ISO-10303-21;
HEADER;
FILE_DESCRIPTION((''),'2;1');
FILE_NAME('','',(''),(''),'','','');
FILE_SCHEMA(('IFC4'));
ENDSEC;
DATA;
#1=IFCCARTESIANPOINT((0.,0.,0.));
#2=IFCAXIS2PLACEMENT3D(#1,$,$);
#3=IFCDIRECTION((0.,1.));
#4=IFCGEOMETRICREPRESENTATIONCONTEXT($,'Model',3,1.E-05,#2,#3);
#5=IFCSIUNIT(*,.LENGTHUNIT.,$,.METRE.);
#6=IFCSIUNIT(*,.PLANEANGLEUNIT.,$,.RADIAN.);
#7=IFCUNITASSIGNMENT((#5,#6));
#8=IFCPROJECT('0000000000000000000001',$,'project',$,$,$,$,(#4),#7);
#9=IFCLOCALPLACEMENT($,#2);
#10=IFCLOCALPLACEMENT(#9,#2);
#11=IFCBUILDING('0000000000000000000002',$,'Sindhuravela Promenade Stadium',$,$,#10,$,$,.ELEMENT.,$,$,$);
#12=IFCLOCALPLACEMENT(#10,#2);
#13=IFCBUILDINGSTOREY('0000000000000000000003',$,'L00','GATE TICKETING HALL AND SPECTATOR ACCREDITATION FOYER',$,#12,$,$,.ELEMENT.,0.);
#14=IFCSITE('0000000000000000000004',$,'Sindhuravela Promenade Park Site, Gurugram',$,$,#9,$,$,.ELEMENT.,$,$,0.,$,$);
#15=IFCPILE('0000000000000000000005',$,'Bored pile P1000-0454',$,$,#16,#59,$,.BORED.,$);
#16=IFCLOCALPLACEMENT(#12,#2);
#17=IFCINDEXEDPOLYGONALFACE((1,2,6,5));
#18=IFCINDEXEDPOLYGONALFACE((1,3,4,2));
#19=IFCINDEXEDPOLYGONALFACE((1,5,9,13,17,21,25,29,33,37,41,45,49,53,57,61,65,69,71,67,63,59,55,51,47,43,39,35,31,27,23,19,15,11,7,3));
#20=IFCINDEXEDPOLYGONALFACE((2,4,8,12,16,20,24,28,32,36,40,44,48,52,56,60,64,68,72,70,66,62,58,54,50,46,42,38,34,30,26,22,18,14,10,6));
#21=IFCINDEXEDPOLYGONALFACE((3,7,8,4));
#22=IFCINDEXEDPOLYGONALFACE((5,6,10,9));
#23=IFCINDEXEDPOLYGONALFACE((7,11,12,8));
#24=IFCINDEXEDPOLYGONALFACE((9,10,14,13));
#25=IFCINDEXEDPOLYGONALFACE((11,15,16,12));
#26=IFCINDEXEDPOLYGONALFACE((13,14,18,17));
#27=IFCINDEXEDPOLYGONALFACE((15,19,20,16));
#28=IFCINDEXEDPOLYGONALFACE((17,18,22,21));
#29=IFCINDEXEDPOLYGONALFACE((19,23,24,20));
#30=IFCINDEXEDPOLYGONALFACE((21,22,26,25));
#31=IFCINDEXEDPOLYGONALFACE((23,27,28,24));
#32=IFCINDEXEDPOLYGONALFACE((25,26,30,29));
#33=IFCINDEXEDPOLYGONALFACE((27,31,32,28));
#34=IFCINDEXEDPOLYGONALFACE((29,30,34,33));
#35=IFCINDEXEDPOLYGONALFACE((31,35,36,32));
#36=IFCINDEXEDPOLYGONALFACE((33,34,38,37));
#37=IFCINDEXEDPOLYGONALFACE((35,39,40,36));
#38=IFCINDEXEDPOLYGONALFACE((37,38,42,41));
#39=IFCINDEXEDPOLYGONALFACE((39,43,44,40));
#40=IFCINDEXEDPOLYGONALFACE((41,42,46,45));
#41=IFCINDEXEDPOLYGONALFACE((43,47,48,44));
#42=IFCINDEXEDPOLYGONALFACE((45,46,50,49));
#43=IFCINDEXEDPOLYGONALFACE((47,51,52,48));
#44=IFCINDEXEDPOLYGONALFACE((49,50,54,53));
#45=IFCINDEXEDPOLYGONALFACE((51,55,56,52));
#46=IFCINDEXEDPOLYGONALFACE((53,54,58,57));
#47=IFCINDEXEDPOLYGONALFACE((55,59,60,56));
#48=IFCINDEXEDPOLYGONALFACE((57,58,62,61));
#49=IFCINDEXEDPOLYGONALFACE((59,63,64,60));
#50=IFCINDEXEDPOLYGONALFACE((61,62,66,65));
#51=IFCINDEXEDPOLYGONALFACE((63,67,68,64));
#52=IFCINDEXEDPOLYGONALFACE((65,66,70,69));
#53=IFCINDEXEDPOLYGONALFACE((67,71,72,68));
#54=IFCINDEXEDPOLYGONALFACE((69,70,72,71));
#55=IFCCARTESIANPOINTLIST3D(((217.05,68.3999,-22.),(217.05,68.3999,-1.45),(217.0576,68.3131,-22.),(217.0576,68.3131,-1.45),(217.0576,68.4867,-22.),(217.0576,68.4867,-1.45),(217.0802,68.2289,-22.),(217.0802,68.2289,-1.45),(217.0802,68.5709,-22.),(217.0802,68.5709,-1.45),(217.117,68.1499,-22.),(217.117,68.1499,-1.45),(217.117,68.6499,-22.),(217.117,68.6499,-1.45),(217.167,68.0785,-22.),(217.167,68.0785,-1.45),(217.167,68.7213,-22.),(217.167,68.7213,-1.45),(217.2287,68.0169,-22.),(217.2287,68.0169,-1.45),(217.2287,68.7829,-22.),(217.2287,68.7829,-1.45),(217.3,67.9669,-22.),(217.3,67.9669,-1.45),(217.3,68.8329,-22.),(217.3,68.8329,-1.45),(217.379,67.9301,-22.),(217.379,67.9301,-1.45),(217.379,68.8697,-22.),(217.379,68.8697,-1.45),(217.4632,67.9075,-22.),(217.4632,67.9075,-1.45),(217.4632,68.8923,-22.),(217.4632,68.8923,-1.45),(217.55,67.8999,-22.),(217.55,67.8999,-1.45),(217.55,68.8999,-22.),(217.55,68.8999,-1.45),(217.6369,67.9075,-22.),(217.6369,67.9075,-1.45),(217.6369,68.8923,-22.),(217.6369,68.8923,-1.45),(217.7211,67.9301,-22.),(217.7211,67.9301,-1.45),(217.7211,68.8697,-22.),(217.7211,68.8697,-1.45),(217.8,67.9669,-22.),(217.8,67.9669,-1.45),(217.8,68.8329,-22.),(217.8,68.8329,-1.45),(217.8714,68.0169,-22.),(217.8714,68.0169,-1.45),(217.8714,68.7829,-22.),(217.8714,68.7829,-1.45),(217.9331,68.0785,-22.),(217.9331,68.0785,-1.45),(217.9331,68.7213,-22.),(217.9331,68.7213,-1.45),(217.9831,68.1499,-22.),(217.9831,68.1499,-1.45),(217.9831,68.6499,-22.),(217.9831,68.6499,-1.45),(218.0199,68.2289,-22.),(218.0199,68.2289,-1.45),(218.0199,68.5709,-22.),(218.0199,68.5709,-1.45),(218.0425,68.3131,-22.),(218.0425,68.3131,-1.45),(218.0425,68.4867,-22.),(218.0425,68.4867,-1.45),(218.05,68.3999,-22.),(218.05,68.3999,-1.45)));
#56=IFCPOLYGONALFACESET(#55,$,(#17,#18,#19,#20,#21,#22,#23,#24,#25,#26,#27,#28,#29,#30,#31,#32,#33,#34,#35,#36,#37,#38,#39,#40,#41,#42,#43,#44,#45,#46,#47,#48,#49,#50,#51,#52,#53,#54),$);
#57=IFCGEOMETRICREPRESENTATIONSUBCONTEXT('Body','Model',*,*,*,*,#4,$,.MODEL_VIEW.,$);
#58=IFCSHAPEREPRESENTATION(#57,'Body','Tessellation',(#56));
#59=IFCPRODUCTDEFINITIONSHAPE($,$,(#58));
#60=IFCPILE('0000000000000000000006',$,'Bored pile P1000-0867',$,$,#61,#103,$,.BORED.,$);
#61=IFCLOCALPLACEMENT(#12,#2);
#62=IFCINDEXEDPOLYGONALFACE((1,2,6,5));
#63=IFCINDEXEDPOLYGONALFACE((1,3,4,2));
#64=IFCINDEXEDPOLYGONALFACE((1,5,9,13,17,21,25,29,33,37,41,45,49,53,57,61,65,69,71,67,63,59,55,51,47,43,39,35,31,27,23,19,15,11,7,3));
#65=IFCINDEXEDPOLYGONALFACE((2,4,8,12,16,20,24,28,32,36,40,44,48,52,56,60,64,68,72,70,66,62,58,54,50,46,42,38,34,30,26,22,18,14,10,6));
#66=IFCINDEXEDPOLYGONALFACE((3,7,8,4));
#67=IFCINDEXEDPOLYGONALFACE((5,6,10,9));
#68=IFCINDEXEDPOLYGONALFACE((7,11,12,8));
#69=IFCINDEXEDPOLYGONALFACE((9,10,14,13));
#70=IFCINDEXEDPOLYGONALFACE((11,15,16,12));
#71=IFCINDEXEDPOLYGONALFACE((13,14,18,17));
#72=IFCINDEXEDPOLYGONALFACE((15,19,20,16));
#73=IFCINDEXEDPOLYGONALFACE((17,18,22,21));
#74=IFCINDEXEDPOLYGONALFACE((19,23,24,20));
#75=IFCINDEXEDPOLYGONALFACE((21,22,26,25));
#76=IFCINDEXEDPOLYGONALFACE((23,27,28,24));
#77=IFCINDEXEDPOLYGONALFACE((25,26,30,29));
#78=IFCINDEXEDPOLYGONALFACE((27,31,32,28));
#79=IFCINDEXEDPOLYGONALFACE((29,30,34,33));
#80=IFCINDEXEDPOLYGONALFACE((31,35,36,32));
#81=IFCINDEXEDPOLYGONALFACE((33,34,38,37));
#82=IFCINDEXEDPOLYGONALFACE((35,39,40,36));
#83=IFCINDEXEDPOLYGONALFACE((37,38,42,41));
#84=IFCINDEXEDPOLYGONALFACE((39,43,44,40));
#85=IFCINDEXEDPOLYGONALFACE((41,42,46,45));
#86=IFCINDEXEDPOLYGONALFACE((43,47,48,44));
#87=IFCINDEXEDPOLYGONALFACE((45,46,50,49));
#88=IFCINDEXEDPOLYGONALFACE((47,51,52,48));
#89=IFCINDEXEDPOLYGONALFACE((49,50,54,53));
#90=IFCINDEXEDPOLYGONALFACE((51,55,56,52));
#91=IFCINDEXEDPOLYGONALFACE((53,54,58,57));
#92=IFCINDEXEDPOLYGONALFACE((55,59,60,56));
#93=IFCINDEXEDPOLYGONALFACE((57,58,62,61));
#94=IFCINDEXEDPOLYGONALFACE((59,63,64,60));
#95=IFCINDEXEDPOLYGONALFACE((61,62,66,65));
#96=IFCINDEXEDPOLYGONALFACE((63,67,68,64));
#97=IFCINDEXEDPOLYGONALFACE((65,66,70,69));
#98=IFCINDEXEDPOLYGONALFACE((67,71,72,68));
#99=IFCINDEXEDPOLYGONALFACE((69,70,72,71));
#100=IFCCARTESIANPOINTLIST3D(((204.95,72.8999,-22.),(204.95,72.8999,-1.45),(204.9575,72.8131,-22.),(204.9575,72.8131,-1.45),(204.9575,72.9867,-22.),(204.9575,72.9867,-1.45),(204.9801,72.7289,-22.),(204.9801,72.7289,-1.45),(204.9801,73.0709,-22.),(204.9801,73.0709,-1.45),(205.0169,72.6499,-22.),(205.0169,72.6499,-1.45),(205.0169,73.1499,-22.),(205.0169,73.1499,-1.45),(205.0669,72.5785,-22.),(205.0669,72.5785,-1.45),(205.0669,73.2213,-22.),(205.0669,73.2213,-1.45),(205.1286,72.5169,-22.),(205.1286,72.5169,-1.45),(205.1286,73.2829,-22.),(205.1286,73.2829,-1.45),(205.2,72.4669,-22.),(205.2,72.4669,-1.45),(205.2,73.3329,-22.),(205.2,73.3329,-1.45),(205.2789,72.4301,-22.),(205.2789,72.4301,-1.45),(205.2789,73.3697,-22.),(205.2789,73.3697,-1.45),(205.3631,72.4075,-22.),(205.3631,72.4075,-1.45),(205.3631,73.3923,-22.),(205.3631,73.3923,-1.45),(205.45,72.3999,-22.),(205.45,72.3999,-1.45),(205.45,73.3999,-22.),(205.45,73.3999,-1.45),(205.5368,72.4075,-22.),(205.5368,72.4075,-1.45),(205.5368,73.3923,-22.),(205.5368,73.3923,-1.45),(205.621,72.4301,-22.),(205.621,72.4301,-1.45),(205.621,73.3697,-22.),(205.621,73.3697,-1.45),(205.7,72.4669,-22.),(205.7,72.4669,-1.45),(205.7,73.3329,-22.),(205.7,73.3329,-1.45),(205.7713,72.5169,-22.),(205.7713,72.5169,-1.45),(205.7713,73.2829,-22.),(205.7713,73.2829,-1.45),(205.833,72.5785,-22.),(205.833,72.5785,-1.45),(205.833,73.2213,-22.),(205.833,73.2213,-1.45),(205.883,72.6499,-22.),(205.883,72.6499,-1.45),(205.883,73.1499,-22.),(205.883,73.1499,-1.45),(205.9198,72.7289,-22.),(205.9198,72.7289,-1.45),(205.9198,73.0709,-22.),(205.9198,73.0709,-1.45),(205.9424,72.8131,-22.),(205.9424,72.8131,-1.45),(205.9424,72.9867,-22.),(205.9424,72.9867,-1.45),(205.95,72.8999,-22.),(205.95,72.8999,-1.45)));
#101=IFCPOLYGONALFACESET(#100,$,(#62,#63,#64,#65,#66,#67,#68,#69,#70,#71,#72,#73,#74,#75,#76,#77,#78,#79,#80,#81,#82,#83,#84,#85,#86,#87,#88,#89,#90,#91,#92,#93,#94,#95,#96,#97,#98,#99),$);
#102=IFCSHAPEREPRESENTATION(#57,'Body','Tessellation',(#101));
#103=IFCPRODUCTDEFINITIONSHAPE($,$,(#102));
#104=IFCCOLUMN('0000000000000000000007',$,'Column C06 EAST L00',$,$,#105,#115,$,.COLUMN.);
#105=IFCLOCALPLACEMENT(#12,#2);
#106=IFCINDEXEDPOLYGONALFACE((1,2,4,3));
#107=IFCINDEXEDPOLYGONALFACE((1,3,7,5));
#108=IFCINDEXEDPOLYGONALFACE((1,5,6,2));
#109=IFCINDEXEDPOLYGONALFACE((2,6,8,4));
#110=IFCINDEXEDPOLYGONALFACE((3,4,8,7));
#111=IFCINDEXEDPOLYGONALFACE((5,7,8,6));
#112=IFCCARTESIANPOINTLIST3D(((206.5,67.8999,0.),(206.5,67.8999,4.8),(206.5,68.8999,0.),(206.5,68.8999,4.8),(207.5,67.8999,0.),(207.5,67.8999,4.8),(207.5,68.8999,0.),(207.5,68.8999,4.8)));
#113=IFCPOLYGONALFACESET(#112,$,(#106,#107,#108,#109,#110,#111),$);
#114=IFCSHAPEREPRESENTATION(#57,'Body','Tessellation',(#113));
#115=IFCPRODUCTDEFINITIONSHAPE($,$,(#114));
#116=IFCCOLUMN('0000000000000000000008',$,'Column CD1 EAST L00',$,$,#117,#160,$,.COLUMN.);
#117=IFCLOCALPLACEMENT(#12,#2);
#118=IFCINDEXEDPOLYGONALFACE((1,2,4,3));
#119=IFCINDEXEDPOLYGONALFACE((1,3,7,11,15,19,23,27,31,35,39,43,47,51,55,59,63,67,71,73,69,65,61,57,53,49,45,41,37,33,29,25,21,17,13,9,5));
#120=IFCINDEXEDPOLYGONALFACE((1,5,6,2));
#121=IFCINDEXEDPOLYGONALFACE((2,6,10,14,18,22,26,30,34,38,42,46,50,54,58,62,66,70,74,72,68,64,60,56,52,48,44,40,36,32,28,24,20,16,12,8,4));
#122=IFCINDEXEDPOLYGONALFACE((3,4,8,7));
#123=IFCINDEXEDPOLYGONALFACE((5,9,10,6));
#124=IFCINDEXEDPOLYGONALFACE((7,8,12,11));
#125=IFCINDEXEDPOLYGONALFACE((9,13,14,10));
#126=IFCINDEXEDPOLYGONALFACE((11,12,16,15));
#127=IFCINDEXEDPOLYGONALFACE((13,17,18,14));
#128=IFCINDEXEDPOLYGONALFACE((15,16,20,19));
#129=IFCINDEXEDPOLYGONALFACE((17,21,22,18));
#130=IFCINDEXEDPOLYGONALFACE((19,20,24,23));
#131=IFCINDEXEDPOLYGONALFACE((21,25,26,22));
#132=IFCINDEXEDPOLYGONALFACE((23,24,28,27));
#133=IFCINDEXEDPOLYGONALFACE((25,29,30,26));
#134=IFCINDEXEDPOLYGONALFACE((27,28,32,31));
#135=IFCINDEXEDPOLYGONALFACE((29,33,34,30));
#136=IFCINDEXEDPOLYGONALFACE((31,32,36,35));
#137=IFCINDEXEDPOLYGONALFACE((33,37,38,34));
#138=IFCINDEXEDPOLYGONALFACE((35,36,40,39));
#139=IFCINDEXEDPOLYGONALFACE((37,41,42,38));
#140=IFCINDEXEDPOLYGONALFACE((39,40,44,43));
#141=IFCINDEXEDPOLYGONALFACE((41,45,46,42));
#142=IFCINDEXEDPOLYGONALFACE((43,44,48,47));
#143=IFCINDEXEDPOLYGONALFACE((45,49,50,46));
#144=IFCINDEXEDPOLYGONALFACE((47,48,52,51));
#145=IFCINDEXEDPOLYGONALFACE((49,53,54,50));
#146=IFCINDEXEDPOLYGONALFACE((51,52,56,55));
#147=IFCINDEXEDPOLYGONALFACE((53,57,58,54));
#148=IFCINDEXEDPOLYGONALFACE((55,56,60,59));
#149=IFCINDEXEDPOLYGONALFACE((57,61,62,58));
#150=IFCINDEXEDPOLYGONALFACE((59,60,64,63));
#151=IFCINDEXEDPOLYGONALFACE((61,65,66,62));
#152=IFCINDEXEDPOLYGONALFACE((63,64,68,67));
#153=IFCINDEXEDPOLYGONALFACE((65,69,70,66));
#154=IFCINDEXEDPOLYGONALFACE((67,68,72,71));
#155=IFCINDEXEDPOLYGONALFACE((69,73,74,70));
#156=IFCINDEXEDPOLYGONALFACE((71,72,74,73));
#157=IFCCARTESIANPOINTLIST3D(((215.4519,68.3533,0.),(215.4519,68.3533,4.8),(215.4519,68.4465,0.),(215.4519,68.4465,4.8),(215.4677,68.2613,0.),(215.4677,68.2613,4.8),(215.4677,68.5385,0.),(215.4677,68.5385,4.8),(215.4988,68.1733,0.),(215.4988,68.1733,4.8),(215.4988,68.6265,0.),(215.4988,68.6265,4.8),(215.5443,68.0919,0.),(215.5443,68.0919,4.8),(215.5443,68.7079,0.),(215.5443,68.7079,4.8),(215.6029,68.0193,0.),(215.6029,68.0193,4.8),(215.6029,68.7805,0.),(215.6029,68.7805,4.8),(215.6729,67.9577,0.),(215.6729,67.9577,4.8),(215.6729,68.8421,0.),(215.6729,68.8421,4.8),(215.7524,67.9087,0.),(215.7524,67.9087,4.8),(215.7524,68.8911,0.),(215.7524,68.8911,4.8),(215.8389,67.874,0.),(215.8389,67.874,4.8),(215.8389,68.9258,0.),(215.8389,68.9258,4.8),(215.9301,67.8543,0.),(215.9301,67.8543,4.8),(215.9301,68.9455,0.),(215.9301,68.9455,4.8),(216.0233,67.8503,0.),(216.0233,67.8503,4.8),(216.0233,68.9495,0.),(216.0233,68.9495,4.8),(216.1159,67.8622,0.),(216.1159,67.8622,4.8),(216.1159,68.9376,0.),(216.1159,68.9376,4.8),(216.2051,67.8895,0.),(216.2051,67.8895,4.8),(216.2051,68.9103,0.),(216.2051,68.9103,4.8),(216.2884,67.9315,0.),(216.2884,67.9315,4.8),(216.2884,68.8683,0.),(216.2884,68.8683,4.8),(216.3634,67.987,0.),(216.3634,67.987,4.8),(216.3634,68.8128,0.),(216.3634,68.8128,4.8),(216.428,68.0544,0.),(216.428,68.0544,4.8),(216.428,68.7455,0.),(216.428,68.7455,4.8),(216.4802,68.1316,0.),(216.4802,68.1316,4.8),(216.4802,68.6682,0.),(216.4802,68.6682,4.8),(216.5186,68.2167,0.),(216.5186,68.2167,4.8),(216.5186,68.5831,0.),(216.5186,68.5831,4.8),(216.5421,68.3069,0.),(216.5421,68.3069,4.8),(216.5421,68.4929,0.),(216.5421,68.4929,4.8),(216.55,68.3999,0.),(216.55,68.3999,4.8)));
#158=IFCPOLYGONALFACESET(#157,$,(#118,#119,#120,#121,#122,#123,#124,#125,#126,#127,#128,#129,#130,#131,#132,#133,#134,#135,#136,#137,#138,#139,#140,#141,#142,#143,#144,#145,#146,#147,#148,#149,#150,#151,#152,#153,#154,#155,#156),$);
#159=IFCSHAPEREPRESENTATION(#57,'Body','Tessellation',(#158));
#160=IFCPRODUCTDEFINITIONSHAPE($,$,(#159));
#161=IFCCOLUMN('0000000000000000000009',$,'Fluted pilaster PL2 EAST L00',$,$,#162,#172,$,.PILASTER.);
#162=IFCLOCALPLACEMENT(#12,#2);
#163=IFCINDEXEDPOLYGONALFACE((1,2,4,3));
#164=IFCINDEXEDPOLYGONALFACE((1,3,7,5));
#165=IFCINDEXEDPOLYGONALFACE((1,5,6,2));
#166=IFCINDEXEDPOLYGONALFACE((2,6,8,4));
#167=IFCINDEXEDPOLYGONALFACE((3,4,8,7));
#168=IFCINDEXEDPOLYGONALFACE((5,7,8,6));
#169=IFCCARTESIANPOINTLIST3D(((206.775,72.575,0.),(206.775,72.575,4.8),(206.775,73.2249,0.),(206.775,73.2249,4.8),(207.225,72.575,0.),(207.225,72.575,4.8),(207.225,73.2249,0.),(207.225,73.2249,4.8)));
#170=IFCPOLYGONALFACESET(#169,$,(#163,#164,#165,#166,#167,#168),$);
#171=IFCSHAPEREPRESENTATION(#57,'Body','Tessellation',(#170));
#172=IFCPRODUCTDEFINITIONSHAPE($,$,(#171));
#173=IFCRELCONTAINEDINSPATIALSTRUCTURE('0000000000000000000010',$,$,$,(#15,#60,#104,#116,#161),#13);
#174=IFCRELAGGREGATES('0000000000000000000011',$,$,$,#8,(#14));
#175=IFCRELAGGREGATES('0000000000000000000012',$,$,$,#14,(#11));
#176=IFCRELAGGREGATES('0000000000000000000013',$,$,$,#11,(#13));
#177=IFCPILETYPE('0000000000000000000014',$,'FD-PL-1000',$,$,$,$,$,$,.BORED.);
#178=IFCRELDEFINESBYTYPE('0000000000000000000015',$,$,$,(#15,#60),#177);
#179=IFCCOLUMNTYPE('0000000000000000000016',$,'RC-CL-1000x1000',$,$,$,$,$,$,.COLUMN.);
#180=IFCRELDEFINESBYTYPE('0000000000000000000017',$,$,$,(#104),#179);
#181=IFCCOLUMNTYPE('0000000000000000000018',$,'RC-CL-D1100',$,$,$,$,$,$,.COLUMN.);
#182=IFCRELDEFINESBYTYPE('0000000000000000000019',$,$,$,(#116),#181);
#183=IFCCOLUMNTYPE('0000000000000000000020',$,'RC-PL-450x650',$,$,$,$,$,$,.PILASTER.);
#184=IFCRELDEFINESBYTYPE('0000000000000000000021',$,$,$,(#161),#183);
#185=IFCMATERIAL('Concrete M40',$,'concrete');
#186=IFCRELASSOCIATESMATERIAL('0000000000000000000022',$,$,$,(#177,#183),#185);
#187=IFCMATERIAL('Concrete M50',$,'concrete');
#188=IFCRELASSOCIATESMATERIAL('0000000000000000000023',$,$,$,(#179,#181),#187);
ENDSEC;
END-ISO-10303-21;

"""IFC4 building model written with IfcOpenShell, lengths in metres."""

from ifc_helpers import new_model, si_unit, direction, frame, origin, origin_2d, place, context, subcontext, project, spatial, rectangle, circle, extrude, material, material_profile, profile_set, type_object, element, save


model = new_model("IFC4")

# Units and contexts
model_context = context("Model", 3, precision=1e-05, world=origin(), true_north=direction((0.0, 1.0)))
body_context = subcontext(model_context, "Body", "Model", "MODEL_VIEW")
ifc_project = project(units=[si_unit("LENGTHUNIT", "METRE"), si_unit("PLANEANGLEUNIT", "RADIAN")], contexts=[model_context])

# Site, building, storey
site_placement = place(None, origin())
site = spatial("IfcSite", under=ifc_project, at=site_placement, Name="Sindhuravela Promenade Park Site, Gurugram", CompositionType="ELEMENT", RefElevation=0.0)
building_placement = place(site_placement, origin())
building = spatial("IfcBuilding", under=site, at=building_placement, Name="Sindhuravela Promenade Stadium", CompositionType="ELEMENT")
storey_placement = place(building_placement, origin())
storey = spatial("IfcBuildingStorey", under=building, at=storey_placement, Name="L00", Description="GATE TICKETING HALL AND SPECTATOR ACCREDITATION FOYER", CompositionType="ELEMENT", Elevation=0.0)

# Shared definitions
ifc_material_1 = material(Name="Concrete M50", Category="concrete")

# Piles
ifc_material_2 = material(Name="Concrete M40", Category="concrete")
ifc_material_profile_1 = material_profile(ifc_material_2, circle(Radius=0.5, at=origin_2d()), Name="BORED PILE D1000")
ifc_profile_set_1 = profile_set([ifc_material_profile_1], Name="Concrete M40")
pile_type = type_object("IfcPileType", Name="FD-PL-1000", PredefinedType="BORED", material=ifc_profile_set_1)
for number, where, z_axis, x_axis, name in (
    (1, (217.55, 68.3999, -1.45), (0.0, 0.0, -1.0), (1.0, 0.0, 0.0), "Bored pile P1000-0454"),
    (2, (205.45, 72.8999, -1.45), (0.0, 0.0, -1.0), (1.0, 0.0, 0.0), "Bored pile P1000-0867"),
):
    element("IfcPile", number, at=place(storey_placement, frame(where, z_axis=z_axis, x_axis=x_axis)), inside=storey, type_object=pile_type, Name=name, PredefinedType="BORED", context=body_context, shape_type="SweptSolid", body=[
        extrude(circle(Radius=0.5, at=origin_2d()), origin(), (0.0, 0.0, 1.0), 20.55),
    ])

# Columns
ifc_material_profile_2 = material_profile(ifc_material_1, rectangle(XDim=1.0, YDim=1.0, at=origin_2d()), Name="RC 1000x1000")
ifc_profile_set_2 = profile_set([ifc_material_profile_2], Name="Concrete M50")
column_type_1 = type_object("IfcColumnType", Name="RC-CL-1000x1000", PredefinedType="COLUMN", material=ifc_profile_set_2)
column_1_placement = place(storey_placement, frame((207.0, 68.3999, 0.0), z_axis=(0.0, 0.0, 1.0), x_axis=(1.0, 0.0, 0.0)))
element("IfcColumn", 3, at=column_1_placement, inside=storey, type_object=column_type_1, Name="Column C06 EAST L00", PredefinedType="COLUMN", context=body_context, shape_type="SweptSolid", body=[
    extrude(rectangle(XDim=1.0, YDim=1.0, at=origin_2d()), origin(), (0.0, 0.0, 1.0), 4.8),
])
ifc_material_profile_3 = material_profile(ifc_material_1, circle(Radius=0.55, at=origin_2d()), Name="RC D1100")
ifc_profile_set_3 = profile_set([ifc_material_profile_3], Name="Concrete M50")
column_type_2 = type_object("IfcColumnType", Name="RC-CL-D1100", PredefinedType="COLUMN", material=ifc_profile_set_3)
column_2_placement = place(storey_placement, frame((216.0, 68.3999, 0.0), z_axis=(0.0, 0.0, 1.0), x_axis=(1.0, 0.0, 0.0)))
element("IfcColumn", 4, at=column_2_placement, inside=storey, type_object=column_type_2, Name="Column CD1 EAST L00", PredefinedType="COLUMN", context=body_context, shape_type="SweptSolid", body=[
    extrude(circle(Radius=0.55, at=origin_2d()), origin(), (0.0, 0.0, 1.0), 4.8),
])
ifc_material_profile_4 = material_profile(ifc_material_2, rectangle(XDim=0.45, YDim=0.6499, at=origin_2d()), Name="PIL 450x650")
ifc_profile_set_4 = profile_set([ifc_material_profile_4], Name="Concrete M40")
column_type_3 = type_object("IfcColumnType", Name="RC-PL-450x650", PredefinedType="PILASTER", material=ifc_profile_set_4)
column_3_placement = place(storey_placement, frame((207.0, 72.8999, 0.0), z_axis=(0.0, 0.0, 1.0), x_axis=(1.0, 0.0, 0.0)))
element("IfcColumn", 5, at=column_3_placement, inside=storey, type_object=column_type_3, Name="Fluted pilaster PL2 EAST L00", PredefinedType="PILASTER", context=body_context, shape_type="SweptSolid", body=[
    extrude(rectangle(XDim=0.45, YDim=0.6499, at=origin_2d()), origin(), (0.0, 0.0, 1.0), 4.8),
])

save(model, "model.ifc")
